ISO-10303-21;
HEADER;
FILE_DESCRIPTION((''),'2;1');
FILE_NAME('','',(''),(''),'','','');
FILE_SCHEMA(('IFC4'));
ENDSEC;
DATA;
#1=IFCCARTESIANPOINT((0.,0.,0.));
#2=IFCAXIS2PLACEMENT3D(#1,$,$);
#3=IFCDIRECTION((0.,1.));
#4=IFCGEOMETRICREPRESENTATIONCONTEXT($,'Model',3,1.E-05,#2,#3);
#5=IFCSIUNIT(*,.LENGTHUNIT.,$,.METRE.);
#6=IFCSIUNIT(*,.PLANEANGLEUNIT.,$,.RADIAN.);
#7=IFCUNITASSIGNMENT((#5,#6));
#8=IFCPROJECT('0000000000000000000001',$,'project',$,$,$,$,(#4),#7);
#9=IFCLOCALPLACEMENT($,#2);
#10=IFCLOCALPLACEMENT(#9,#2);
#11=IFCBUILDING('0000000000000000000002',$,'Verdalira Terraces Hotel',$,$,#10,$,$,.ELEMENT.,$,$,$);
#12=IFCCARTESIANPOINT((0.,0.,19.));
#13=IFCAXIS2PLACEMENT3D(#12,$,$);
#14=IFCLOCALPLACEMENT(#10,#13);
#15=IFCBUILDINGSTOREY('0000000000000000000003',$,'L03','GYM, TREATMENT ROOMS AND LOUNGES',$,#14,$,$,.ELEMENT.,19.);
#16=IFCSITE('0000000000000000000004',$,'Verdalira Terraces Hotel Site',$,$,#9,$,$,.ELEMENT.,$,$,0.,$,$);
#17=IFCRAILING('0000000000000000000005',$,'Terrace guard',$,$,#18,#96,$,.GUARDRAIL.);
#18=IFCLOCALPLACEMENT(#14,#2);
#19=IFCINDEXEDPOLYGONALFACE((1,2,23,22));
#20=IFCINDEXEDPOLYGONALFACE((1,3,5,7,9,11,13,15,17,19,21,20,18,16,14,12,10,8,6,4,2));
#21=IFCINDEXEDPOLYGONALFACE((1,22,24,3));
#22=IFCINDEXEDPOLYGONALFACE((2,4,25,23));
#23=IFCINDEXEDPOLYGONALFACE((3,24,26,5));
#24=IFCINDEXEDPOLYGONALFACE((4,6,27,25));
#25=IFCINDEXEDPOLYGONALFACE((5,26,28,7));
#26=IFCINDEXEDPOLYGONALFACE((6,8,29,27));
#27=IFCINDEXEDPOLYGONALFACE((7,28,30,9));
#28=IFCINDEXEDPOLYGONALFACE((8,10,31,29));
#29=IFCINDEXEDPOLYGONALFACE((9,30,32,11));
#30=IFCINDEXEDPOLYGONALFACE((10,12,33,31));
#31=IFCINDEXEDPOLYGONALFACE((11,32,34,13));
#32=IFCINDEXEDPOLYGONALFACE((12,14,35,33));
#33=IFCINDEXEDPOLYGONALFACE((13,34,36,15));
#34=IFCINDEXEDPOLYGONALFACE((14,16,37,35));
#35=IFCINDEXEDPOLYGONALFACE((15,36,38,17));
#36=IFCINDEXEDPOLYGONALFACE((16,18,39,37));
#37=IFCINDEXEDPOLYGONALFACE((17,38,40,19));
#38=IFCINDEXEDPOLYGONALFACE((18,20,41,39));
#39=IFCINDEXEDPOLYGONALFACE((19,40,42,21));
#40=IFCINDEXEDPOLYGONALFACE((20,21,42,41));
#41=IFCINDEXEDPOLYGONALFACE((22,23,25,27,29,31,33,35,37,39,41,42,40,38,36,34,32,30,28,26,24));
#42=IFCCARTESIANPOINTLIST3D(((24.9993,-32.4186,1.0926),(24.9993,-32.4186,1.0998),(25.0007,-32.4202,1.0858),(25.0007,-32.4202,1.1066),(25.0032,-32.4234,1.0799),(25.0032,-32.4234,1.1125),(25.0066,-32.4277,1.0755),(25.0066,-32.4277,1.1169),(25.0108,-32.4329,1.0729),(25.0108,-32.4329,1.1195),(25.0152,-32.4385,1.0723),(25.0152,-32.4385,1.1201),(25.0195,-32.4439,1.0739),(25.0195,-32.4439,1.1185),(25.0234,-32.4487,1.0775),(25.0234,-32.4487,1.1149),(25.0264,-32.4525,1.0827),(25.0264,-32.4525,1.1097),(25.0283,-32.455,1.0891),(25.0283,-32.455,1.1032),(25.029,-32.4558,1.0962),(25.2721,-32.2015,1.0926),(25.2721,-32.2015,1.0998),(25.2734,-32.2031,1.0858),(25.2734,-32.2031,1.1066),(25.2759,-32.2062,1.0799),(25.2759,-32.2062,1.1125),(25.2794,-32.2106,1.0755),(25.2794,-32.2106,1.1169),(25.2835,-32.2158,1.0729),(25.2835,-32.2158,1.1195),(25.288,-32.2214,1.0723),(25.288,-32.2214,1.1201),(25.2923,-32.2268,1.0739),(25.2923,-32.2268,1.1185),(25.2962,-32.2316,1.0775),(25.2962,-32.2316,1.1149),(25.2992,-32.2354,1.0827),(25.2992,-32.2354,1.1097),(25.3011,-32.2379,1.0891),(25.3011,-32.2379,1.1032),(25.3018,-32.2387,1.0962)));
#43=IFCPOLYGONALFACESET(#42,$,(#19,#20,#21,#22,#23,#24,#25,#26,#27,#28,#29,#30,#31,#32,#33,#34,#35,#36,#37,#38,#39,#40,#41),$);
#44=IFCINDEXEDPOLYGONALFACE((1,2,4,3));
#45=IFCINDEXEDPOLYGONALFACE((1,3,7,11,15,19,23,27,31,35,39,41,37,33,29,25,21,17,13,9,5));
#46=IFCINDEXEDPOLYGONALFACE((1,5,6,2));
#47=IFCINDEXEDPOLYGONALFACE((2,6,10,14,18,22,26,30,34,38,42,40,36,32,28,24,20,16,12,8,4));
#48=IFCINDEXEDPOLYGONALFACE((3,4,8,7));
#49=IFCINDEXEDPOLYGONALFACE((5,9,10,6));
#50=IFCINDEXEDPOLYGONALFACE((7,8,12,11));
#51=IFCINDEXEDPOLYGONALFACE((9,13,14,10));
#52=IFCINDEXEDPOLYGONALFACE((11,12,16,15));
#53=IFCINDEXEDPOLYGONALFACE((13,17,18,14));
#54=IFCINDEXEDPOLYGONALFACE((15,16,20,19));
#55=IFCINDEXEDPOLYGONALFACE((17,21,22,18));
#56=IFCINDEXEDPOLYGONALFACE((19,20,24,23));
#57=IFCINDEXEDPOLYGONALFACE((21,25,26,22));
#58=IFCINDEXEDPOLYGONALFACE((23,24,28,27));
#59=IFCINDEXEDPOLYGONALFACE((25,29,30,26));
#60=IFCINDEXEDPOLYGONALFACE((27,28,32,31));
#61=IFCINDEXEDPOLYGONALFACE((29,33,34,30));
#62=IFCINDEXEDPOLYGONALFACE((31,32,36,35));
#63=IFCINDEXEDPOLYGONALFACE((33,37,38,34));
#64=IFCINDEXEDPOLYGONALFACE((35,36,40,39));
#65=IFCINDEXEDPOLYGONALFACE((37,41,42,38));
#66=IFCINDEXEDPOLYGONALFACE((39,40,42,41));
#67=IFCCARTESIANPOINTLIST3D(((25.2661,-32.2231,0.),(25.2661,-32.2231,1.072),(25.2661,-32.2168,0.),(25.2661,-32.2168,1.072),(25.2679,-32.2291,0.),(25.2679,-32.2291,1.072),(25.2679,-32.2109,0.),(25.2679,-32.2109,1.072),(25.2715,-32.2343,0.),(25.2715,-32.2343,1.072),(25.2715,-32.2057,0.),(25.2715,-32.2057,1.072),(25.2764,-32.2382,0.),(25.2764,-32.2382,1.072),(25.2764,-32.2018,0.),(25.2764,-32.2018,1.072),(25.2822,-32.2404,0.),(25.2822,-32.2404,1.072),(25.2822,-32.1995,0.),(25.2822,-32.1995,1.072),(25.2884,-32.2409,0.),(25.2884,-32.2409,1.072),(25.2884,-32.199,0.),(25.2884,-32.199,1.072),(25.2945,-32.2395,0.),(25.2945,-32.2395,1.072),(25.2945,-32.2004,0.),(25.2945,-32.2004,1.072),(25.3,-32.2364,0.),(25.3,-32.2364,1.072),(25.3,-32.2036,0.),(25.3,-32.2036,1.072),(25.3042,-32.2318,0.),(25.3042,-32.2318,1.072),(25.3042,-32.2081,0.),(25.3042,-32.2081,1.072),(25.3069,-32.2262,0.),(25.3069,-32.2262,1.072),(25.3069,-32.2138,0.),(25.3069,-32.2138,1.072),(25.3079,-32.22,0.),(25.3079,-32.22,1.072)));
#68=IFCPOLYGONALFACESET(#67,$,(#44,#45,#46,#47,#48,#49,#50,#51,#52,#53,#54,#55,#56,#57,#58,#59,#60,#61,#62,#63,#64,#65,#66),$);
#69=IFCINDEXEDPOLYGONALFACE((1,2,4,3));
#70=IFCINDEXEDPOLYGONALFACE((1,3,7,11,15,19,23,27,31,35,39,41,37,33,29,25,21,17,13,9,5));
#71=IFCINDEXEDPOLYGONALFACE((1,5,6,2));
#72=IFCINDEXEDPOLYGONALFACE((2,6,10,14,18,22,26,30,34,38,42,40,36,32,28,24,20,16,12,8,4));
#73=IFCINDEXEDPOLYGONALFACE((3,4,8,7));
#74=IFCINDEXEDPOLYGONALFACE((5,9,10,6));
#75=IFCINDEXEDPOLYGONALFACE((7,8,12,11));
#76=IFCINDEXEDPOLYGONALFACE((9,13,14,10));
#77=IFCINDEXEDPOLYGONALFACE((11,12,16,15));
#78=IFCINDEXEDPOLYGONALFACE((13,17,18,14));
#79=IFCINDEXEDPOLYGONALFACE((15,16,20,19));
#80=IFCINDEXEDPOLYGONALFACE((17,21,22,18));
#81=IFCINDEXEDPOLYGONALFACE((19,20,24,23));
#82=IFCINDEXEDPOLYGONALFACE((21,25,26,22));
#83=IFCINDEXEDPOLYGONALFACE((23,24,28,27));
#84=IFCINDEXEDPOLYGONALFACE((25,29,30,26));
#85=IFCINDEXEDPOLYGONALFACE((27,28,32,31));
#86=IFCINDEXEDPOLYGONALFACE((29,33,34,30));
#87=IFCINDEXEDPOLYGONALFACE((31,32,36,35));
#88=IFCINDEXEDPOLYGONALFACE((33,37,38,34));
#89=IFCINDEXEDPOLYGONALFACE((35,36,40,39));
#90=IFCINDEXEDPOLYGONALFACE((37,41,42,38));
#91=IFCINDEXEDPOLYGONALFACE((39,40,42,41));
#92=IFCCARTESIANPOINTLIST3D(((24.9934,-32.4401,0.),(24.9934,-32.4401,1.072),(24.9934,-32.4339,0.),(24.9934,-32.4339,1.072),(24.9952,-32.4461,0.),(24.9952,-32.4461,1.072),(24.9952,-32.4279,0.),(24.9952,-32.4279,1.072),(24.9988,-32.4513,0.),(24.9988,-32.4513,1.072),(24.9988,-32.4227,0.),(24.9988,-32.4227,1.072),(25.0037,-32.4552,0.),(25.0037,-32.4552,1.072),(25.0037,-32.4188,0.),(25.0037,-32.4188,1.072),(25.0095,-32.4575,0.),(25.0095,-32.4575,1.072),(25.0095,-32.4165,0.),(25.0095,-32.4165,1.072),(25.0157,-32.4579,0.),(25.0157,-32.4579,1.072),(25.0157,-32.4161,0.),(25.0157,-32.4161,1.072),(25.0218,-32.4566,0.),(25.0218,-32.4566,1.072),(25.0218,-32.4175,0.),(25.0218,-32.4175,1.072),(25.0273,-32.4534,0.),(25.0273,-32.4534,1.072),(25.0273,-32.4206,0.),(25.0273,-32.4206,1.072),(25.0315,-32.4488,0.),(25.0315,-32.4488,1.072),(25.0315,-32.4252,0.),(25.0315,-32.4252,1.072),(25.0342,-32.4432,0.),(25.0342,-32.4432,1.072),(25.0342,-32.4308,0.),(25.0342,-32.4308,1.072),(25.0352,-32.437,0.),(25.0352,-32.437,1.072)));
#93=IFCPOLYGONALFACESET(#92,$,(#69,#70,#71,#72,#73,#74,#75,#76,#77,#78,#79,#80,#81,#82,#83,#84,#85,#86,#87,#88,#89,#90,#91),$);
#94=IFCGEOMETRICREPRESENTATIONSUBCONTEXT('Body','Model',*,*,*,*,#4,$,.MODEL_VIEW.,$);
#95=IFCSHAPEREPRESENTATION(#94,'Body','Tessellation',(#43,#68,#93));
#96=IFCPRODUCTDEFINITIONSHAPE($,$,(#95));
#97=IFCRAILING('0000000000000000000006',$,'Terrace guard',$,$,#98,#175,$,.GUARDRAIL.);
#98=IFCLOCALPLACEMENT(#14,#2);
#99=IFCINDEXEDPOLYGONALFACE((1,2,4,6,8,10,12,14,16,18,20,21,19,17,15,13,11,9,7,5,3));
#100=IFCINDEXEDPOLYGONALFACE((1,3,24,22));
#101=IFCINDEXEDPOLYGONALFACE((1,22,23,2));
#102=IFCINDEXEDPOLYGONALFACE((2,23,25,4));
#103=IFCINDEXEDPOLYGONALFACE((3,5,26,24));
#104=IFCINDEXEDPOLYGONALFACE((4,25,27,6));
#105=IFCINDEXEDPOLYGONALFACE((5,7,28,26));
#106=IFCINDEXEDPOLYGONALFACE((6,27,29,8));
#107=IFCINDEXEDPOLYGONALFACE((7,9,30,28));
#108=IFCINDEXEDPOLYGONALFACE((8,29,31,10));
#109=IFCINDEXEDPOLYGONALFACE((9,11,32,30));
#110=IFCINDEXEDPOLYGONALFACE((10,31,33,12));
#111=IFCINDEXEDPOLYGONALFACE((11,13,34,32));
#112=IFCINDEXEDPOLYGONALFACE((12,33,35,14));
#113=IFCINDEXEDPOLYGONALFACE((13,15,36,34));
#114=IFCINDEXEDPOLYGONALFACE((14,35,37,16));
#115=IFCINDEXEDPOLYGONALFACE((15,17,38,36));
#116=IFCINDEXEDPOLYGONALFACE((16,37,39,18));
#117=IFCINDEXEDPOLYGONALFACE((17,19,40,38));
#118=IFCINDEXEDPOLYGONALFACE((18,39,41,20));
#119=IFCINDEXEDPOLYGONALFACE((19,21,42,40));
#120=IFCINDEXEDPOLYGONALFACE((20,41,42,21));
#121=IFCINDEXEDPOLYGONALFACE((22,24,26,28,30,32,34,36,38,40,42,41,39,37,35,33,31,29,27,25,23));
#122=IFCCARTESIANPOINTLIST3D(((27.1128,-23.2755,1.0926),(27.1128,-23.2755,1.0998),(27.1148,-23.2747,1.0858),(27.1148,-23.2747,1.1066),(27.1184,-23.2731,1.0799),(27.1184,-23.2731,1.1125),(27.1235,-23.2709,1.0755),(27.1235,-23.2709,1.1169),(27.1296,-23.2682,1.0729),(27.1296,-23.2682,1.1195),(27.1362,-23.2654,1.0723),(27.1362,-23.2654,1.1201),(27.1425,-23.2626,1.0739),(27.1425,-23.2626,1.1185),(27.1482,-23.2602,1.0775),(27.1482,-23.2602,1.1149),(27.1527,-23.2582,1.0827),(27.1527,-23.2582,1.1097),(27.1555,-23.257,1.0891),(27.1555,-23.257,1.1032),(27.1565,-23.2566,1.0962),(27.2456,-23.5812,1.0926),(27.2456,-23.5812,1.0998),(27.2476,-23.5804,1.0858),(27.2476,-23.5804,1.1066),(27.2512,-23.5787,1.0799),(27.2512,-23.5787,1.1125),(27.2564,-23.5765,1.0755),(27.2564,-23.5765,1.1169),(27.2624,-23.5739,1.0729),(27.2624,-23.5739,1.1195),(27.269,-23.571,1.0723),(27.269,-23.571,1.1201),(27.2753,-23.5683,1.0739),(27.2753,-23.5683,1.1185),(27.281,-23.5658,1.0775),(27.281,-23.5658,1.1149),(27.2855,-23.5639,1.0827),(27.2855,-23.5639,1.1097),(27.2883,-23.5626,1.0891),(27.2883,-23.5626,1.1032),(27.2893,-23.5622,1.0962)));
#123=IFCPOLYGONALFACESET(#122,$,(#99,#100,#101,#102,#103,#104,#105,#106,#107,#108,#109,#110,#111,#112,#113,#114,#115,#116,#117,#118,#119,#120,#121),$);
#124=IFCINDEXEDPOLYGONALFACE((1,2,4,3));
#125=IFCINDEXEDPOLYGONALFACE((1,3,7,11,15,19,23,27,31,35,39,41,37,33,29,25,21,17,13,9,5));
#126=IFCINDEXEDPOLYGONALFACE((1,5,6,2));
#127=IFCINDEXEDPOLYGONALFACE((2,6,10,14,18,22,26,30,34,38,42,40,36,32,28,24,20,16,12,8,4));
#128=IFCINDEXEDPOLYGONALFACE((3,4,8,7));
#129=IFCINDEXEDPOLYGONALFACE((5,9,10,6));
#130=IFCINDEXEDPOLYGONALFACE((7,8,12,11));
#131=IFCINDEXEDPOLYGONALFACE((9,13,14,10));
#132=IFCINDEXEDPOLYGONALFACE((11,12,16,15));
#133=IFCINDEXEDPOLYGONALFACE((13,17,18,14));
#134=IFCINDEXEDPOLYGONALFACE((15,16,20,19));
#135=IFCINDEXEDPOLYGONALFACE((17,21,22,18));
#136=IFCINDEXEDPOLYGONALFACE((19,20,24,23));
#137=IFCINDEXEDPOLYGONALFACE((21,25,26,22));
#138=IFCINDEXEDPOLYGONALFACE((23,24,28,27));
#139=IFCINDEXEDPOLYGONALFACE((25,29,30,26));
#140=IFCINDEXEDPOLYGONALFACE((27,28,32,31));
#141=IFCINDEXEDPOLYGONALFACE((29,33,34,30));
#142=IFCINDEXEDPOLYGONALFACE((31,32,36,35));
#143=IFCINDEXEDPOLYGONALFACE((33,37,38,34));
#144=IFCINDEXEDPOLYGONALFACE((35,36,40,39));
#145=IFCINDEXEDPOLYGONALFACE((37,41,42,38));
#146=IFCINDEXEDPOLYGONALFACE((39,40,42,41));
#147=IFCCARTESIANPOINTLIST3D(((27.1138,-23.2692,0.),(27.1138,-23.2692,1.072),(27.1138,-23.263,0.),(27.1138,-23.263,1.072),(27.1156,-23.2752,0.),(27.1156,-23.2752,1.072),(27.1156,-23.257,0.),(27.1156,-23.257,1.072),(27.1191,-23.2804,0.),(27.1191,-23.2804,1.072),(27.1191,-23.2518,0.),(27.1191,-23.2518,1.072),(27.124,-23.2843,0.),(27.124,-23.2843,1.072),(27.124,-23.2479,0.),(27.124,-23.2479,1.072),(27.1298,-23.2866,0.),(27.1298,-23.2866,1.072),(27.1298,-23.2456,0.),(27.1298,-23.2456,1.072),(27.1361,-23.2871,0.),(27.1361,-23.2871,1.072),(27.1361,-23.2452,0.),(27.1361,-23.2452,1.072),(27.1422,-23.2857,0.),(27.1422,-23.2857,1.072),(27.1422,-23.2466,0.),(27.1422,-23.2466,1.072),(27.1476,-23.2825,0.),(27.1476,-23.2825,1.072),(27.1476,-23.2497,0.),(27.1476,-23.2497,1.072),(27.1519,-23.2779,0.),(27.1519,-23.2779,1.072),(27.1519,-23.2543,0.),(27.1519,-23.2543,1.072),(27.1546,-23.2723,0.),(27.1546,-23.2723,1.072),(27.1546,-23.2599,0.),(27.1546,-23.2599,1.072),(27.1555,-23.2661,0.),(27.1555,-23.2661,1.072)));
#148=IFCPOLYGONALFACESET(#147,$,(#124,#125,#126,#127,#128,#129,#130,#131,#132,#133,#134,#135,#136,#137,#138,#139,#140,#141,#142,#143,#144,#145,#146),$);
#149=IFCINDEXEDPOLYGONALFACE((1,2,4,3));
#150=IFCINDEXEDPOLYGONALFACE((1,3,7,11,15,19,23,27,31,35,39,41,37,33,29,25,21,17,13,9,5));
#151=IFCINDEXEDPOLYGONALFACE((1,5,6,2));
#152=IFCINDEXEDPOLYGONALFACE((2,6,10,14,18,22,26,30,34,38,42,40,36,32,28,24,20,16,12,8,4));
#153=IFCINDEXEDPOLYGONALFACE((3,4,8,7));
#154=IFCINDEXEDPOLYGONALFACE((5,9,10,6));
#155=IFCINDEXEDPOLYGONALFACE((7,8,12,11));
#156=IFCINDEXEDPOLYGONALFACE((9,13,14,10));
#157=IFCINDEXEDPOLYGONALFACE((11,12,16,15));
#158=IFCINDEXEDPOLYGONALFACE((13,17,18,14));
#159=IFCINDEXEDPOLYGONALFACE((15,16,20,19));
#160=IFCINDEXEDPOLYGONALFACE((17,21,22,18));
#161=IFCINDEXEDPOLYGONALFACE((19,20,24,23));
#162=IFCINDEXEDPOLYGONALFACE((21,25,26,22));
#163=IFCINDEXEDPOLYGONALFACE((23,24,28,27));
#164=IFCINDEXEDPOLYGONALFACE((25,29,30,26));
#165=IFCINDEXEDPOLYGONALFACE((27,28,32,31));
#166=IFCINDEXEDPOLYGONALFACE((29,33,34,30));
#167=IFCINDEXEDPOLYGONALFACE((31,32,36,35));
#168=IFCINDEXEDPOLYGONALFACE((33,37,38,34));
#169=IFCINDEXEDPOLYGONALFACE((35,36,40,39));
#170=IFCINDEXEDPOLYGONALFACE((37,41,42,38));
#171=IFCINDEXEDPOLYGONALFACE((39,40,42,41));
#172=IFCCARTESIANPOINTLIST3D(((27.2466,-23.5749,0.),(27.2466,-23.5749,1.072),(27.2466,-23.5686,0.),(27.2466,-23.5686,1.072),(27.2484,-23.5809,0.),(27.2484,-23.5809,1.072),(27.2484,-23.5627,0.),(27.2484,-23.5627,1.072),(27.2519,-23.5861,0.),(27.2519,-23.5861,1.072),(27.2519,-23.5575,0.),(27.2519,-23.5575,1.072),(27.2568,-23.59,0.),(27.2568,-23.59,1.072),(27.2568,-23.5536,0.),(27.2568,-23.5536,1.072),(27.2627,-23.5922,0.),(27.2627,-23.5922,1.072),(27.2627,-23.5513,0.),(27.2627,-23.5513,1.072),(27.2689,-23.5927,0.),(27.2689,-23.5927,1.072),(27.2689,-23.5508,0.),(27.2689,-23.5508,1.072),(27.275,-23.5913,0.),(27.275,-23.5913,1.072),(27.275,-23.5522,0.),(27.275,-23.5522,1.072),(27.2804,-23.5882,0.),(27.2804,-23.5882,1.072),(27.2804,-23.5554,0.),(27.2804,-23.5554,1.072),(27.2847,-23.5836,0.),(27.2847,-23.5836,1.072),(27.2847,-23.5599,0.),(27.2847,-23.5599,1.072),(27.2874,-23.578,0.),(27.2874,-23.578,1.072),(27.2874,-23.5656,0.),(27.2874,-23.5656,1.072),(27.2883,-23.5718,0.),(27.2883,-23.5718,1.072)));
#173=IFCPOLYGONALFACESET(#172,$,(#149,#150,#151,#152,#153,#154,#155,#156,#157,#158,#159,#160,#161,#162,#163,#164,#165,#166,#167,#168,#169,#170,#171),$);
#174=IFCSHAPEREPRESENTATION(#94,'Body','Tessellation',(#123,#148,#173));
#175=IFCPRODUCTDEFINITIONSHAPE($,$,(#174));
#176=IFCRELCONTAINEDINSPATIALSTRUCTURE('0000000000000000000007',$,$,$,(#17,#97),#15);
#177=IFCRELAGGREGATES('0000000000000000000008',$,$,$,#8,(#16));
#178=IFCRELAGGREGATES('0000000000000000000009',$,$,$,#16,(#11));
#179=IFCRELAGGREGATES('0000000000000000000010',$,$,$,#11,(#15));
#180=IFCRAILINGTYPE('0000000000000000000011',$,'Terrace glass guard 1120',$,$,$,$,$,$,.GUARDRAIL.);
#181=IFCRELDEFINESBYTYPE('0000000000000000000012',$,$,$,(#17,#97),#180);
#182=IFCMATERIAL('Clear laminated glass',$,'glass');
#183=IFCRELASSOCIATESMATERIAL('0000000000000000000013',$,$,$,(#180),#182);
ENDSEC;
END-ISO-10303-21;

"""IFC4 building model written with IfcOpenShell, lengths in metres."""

from ifc_helpers import new_model, si_unit, direction, frame, origin, origin_2d, place, context, subcontext, project, spatial, circle, extrude, material, type_object, element, save


model = new_model("IFC4")

# Units and contexts
model_context = context("Model", 3, precision=1e-05, world=origin(), true_north=direction((0.0, 1.0)))
body_context = subcontext(model_context, "Body", "Model", "MODEL_VIEW")
ifc_project = project(units=[si_unit("LENGTHUNIT", "METRE"), si_unit("PLANEANGLEUNIT", "RADIAN")], contexts=[model_context])

# Site, building, storey
site_placement = place(None, origin())
site = spatial("IfcSite", under=ifc_project, at=site_placement, Name="Verdalira Terraces Hotel Site", CompositionType="ELEMENT", RefElevation=0.0)
building_placement = place(site_placement, origin())
building = spatial("IfcBuilding", under=site, at=building_placement, Name="Verdalira Terraces Hotel", CompositionType="ELEMENT")
storey_placement = place(building_placement, frame((0.0, 0.0, 19.0)))
storey = spatial("IfcBuildingStorey", under=building, at=storey_placement, Name="L03", Description="GYM, TREATMENT ROOMS AND LOUNGES", CompositionType="ELEMENT", Elevation=19.0)

# Railings
ifc_material_1 = material(Name="Clear laminated glass", Category="glass")
railing_type_1 = type_object("IfcRailingType", Name="Terrace glass guard 1120", PredefinedType="GUARDRAIL", material=ifc_material_1)
railing_1_placement = place(storey_placement, frame((25.2869, -32.22, 0.0)))
element("IfcRailing", 1, at=railing_1_placement, inside=storey, type_object=railing_type_1, Name="Terrace guard", PredefinedType="GUARDRAIL", context=body_context, shape_type="SweptSolid", body=[
    extrude(circle(Radius=0.0239, at=origin_2d()), frame((0.0, 0.0, 1.0962), z_axis=(-0.782438, -0.622728, 0.0), x_axis=(0.622728, -0.782438, 0.0)), (0.0, 0.0, 1.0), 0.3486),
    extrude(circle(Radius=0.021, at=origin_2d()), origin(), (0.0, 0.0, 1.0), 1.072),
    extrude(circle(Radius=0.021, at=origin_2d()), frame((-0.2727, -0.217, 0.0)), (0.0, 0.0, 1.0), 1.072),
])
railing_2_placement = place(storey_placement, frame((27.1345, -23.2661, 0.0)))
element("IfcRailing", 2, at=railing_2_placement, inside=storey, type_object=railing_type_1, Name="Terrace guard", PredefinedType="GUARDRAIL", context=body_context, shape_type="SweptSolid", body=[
    extrude(circle(Radius=0.0239, at=origin_2d()), frame((0.0, 0.0, 1.0962), z_axis=(0.398512, -0.917163, 0.0), x_axis=(0.917163, 0.398512, 0.0)), (0.0, 0.0, 1.0), 0.3333),
    extrude(circle(Radius=0.021, at=origin_2d()), origin(), (0.0, 0.0, 1.0), 1.072),
    extrude(circle(Radius=0.021, at=origin_2d()), frame((0.1328, -0.3057, 0.0)), (0.0, 0.0, 1.0), 1.072),
])

save(model, "model.ifc")
